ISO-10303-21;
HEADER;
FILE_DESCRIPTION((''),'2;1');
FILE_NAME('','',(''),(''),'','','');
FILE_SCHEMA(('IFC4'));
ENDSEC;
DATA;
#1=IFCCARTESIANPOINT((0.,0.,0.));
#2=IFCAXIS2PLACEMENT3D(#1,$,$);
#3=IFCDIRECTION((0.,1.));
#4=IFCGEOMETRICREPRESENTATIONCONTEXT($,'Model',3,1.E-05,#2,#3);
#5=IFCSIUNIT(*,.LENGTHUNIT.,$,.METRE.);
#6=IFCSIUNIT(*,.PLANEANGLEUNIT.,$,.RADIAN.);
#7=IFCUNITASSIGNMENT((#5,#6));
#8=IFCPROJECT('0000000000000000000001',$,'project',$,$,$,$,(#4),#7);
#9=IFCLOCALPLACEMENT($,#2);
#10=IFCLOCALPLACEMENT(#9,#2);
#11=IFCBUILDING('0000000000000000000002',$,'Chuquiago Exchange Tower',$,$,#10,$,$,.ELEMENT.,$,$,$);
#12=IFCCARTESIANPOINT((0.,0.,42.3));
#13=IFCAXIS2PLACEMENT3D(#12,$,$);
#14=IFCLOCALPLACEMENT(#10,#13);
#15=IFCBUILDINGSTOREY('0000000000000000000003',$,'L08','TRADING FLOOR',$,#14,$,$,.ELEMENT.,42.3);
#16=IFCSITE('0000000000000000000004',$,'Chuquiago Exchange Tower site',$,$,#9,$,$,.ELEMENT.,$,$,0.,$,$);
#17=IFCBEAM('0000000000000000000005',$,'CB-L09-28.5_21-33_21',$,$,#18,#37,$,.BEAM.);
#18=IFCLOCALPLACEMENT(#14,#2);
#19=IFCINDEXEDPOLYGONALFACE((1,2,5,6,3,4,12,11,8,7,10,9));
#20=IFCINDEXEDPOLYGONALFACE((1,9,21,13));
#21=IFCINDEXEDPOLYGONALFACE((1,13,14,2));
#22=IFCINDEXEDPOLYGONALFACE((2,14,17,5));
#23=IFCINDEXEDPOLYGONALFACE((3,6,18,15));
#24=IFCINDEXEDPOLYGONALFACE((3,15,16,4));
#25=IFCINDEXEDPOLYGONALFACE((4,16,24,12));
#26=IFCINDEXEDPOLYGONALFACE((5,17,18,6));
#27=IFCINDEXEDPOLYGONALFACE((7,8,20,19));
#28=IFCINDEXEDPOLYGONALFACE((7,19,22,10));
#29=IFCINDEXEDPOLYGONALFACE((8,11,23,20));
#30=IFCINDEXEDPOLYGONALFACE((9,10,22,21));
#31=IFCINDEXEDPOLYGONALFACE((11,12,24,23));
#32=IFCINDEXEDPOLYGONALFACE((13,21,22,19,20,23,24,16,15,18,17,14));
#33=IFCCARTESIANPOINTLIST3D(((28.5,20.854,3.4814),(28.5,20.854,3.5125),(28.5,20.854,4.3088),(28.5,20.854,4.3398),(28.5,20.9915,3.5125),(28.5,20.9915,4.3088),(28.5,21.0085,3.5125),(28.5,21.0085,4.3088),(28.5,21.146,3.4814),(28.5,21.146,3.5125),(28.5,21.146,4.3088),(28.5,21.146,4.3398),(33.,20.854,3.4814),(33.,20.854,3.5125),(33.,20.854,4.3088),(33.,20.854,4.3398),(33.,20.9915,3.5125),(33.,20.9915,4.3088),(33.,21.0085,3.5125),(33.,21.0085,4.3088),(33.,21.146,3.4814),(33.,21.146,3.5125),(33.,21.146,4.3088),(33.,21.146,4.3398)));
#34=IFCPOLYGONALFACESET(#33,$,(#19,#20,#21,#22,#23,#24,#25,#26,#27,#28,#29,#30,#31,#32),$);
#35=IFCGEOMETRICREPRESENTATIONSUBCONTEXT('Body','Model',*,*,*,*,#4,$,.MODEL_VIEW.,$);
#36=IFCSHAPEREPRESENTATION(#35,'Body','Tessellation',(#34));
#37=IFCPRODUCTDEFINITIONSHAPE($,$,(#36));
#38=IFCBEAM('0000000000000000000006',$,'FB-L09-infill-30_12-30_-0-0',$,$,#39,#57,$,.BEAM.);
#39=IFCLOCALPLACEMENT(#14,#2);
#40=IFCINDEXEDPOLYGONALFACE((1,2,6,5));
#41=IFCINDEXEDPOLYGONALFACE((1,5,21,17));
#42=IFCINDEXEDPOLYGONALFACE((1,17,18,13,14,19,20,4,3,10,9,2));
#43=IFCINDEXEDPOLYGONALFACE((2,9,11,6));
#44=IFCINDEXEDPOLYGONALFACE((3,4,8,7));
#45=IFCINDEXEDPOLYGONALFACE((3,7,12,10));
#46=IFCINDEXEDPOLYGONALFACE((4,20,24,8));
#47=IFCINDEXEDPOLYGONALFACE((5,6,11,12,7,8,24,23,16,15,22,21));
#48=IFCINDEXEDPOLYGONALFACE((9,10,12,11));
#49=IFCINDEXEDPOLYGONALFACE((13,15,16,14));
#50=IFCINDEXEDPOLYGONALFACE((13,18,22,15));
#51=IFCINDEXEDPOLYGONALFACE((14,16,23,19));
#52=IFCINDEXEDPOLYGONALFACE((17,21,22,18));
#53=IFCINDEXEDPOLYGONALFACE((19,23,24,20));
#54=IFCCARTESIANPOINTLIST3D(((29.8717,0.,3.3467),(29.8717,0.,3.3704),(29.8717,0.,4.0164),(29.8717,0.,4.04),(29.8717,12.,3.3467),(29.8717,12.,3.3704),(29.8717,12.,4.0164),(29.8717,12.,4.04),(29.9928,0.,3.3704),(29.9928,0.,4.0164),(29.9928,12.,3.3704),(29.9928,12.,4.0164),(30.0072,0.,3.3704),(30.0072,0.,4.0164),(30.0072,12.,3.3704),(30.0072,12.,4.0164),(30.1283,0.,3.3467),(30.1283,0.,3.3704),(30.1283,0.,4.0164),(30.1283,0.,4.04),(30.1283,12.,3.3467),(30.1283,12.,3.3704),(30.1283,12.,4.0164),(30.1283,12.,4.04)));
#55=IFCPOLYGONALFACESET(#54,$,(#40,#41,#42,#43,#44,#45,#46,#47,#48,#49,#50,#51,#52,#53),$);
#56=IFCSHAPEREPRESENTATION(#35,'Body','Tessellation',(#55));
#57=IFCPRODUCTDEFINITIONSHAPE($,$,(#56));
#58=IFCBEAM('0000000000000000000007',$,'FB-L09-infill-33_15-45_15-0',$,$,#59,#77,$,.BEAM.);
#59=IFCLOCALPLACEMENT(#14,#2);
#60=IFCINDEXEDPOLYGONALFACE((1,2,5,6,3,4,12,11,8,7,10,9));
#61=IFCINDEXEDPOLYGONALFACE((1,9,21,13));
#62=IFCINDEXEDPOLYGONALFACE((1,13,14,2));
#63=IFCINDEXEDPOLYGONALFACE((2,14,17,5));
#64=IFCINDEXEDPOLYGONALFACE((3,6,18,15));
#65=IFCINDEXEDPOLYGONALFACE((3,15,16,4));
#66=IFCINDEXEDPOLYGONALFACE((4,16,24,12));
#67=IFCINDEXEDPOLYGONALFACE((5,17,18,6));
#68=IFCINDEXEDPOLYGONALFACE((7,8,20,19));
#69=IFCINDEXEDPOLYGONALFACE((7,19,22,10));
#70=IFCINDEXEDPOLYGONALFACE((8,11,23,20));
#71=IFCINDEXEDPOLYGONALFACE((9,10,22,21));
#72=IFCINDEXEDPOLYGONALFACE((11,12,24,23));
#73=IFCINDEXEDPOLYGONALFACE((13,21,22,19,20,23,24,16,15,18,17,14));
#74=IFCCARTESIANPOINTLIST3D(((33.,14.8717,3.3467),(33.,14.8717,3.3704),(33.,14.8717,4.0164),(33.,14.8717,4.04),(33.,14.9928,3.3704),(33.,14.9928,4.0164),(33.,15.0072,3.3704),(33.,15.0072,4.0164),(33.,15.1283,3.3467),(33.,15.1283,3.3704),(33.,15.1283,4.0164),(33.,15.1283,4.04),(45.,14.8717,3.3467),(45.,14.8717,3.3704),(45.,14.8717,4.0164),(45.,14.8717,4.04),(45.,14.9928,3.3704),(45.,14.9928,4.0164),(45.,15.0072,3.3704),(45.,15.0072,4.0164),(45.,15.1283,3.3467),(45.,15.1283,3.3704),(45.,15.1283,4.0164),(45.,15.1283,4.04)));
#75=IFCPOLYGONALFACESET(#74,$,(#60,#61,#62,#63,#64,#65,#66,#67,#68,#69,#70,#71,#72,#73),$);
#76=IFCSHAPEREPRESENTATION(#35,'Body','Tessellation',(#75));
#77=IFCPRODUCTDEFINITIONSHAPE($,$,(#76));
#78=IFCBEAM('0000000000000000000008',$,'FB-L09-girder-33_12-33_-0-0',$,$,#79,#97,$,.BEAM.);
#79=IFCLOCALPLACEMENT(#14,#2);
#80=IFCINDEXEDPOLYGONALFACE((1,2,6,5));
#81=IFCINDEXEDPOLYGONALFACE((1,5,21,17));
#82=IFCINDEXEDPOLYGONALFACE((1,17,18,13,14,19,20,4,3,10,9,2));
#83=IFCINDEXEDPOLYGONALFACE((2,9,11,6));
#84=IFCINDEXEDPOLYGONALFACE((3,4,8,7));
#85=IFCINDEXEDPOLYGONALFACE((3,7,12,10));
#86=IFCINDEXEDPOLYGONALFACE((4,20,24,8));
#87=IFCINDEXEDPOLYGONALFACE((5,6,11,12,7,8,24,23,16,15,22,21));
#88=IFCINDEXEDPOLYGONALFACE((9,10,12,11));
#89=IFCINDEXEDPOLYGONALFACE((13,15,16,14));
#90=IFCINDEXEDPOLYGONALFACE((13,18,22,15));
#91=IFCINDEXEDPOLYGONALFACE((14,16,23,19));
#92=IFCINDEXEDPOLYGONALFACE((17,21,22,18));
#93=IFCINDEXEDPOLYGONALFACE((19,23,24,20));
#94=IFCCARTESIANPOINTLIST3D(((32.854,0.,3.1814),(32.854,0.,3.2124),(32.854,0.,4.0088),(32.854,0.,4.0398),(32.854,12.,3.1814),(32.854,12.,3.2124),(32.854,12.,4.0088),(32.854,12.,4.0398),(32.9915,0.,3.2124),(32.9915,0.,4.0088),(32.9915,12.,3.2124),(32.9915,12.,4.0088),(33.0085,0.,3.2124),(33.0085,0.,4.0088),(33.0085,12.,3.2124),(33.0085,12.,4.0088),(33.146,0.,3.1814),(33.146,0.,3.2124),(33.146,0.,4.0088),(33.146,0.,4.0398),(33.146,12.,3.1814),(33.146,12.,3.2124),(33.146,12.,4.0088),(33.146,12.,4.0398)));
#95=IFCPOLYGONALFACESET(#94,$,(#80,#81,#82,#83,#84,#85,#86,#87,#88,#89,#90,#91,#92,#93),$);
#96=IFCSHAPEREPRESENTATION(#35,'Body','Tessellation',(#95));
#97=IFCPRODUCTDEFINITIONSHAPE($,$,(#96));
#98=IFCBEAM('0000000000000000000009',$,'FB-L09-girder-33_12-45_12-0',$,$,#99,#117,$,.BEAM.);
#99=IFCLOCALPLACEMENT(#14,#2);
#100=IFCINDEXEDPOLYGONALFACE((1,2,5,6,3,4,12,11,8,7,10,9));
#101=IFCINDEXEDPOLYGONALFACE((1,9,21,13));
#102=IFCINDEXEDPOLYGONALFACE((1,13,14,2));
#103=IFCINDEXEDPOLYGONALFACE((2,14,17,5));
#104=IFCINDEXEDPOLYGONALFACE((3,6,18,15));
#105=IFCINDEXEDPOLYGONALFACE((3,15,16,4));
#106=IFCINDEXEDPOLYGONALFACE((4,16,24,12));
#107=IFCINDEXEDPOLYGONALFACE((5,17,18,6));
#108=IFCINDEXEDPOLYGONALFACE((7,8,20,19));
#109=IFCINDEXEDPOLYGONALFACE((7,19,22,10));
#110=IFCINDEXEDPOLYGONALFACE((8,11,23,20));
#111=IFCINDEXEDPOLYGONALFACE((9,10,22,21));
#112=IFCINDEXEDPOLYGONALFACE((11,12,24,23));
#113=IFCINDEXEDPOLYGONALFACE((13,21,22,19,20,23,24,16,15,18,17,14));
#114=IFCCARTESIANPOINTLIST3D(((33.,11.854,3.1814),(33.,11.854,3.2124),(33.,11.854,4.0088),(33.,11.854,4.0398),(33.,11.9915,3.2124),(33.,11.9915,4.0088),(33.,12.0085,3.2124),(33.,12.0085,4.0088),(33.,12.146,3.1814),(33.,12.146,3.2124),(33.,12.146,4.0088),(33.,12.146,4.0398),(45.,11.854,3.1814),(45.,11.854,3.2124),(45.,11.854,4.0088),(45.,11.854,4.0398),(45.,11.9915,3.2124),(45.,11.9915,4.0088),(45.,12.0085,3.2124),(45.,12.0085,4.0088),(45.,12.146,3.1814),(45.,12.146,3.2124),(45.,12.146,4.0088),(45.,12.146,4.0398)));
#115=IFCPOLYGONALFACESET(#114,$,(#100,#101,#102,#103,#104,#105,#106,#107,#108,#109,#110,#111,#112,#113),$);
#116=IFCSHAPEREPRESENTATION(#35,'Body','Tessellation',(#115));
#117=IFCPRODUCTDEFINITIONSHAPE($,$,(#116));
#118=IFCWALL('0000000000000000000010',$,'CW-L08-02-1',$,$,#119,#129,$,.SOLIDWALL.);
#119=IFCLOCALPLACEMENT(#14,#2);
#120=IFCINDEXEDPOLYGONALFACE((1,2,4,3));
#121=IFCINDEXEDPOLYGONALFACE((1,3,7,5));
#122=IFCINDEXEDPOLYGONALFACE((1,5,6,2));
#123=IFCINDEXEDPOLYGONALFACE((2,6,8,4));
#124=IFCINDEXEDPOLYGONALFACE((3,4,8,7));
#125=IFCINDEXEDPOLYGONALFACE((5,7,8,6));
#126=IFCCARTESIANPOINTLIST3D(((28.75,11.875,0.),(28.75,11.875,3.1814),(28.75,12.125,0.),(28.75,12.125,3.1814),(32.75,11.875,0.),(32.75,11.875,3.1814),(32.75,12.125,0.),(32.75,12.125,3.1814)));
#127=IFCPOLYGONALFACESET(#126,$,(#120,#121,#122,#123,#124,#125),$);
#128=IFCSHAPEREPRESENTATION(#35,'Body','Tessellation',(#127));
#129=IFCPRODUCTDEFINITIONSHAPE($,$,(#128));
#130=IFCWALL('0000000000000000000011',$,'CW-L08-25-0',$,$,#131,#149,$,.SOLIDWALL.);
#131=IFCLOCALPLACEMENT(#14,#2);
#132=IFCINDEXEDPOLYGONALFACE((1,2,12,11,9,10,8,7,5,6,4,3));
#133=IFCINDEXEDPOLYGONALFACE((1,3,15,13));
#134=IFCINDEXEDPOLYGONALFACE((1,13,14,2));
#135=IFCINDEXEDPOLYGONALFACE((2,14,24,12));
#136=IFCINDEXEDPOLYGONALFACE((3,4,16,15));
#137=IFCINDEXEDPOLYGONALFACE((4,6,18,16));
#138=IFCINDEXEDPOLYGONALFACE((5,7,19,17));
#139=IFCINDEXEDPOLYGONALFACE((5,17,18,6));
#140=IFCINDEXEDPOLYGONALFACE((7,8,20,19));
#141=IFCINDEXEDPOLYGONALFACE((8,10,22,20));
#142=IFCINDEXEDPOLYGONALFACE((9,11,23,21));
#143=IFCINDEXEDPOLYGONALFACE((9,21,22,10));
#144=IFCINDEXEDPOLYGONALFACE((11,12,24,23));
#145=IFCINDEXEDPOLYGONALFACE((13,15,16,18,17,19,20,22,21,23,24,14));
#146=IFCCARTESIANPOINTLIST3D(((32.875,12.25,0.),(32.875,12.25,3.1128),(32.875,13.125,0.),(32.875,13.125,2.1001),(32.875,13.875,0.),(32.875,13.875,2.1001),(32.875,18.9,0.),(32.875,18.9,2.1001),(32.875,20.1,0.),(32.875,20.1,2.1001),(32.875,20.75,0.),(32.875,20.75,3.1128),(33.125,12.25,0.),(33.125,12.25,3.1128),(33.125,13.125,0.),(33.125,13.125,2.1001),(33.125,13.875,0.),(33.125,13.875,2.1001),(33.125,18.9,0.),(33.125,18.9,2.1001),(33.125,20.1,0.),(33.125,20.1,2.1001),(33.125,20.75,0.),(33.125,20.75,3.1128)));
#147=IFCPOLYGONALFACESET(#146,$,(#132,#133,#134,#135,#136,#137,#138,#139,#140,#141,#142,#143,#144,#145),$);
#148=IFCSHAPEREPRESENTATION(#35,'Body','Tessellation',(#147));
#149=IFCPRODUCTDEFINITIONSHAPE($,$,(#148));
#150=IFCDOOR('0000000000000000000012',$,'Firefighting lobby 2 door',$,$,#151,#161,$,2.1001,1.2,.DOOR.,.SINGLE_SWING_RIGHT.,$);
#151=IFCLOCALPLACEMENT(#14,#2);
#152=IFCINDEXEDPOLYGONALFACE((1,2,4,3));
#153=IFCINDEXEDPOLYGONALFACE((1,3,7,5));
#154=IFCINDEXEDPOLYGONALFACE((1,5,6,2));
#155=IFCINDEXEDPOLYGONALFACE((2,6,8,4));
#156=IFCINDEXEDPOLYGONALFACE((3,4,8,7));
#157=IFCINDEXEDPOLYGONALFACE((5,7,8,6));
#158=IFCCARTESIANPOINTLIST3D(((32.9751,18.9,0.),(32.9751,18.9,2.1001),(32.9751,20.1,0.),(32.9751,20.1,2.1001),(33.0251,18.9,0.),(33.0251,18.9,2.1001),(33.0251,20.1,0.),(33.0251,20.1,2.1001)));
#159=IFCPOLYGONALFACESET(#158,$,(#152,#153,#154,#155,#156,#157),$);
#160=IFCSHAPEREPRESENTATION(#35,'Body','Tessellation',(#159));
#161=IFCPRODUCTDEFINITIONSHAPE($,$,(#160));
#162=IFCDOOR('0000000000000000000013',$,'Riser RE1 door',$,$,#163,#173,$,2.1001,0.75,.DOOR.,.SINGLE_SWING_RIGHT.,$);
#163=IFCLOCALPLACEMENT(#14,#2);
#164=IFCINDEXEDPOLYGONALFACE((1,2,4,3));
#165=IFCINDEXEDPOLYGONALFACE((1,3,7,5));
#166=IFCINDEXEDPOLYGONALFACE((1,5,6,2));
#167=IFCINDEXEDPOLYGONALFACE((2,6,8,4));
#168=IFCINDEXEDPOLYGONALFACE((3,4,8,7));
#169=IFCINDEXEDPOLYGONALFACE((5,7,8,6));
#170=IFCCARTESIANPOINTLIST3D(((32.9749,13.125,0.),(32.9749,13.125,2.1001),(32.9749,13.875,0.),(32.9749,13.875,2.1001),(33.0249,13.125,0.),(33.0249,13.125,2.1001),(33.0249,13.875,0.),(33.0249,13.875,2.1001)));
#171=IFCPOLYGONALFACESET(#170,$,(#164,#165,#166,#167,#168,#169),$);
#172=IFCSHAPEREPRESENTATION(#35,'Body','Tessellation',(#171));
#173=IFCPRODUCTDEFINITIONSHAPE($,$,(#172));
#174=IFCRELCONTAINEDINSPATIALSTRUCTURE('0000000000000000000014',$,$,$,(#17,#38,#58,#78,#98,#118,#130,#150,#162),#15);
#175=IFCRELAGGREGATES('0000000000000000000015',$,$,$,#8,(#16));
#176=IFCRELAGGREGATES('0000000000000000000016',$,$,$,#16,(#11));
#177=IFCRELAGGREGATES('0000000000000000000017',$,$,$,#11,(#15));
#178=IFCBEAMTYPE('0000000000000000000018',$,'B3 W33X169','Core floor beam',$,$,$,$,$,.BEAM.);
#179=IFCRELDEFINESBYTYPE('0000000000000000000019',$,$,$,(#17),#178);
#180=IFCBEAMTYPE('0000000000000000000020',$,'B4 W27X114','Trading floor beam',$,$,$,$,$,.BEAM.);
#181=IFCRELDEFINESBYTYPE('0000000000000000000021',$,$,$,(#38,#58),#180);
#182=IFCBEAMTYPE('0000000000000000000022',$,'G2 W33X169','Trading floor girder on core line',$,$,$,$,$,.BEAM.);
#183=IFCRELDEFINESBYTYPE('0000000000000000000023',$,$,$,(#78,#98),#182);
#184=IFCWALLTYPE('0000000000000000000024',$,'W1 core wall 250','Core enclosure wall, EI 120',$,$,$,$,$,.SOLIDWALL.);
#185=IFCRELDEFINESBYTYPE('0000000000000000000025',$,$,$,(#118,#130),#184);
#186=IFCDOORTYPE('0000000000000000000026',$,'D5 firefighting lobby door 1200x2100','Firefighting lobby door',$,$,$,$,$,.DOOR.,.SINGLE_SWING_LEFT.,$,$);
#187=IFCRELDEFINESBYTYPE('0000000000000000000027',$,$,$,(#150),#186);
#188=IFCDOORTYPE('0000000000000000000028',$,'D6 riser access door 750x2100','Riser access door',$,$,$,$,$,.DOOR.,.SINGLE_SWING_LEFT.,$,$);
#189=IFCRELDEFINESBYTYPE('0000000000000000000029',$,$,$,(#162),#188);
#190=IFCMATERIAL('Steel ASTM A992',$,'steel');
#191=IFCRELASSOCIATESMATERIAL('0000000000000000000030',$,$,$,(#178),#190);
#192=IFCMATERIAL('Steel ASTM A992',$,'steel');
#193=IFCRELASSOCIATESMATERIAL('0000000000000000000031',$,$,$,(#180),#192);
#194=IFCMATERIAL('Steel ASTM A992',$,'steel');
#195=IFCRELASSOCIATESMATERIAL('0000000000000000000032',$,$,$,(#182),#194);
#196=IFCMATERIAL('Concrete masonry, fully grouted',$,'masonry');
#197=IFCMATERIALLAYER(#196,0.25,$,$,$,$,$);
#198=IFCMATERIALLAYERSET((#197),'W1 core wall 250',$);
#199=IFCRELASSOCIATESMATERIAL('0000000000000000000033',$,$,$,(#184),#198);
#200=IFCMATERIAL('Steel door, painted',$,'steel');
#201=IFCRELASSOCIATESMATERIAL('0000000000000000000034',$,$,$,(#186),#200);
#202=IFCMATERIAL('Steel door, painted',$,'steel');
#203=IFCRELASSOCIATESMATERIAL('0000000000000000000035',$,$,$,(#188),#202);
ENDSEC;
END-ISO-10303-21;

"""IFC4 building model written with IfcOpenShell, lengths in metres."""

from ifc_helpers import new_model, si_unit, direction, frame, frame_2d, origin, origin_2d, place, context, subcontext, project, spatial, rectangle, i_section, extrude, material, layer, layer_set, material_profile, profile_set, type_object, element, fill, save


model = new_model("IFC4")

# Units and contexts
model_context = context("Model", 3, precision=1e-05, world=origin(), true_north=direction((0.0, 1.0)))
body_context = subcontext(model_context, "Body", "Model", "MODEL_VIEW")
ifc_project = project(units=[si_unit("LENGTHUNIT", "METRE"), si_unit("PLANEANGLEUNIT", "RADIAN")], contexts=[model_context])

# Site, building, storey
site_placement = place(None, origin())
site = spatial("IfcSite", under=ifc_project, at=site_placement, Name="Chuquiago Exchange Tower site", CompositionType="ELEMENT", RefElevation=0.0)
building_placement = place(site_placement, origin())
building = spatial("IfcBuilding", under=site, at=building_placement, Name="Chuquiago Exchange Tower", CompositionType="ELEMENT")
storey_placement = place(building_placement, frame((0.0, 0.0, 42.3)))
storey = spatial("IfcBuildingStorey", under=building, at=storey_placement, Name="L08", Description="TRADING FLOOR", CompositionType="ELEMENT", Elevation=42.3)

# Beams
ifc_material_1 = material(Name="Steel ASTM A992", Category="steel")
ifc_material_profile_1 = material_profile(ifc_material_1, i_section(OverallWidth=0.292, OverallDepth=0.8584, WebThickness=0.0171, FlangeThickness=0.031, at=origin_2d()), Name="W33X169")
ifc_profile_set_1 = profile_set([ifc_material_profile_1], Name="Steel ASTM A992")
beam_type_1 = type_object("IfcBeamType", Name="B3 W33X169", Description="Core floor beam", PredefinedType="BEAM", material=ifc_profile_set_1)
for number, where, z_axis, x_axis, name in (
    (1, (28.5, 21.0, 3.9106), (1.0, 0.0, 0.0), (0.0, 1.0, 0.0), "CB-L09-28.5_21-33_21"),
):
    element("IfcBeam", number, at=place(storey_placement, frame(where, z_axis=z_axis, x_axis=x_axis)), inside=storey, type_object=beam_type_1, Name=name, PredefinedType="BEAM", context=body_context, shape_type="SweptSolid", body=[
        extrude(i_section(OverallWidth=0.292, OverallDepth=0.8584, WebThickness=0.0171, FlangeThickness=0.031, at=origin_2d()), origin(), (0.0, 0.0, 1.0), 4.5),
    ])
ifc_material_2 = material(Name="Steel ASTM A992", Category="steel")
ifc_material_profile_2 = material_profile(ifc_material_2, i_section(OverallWidth=0.2566, OverallDepth=0.6934, WebThickness=0.0144, FlangeThickness=0.0237, at=origin_2d()), Name="W27X114")
ifc_profile_set_2 = profile_set([ifc_material_profile_2], Name="Steel ASTM A992")
beam_type_2 = type_object("IfcBeamType", Name="B4 W27X114", Description="Trading floor beam", PredefinedType="BEAM", material=ifc_profile_set_2)
for number, where, z_axis, x_axis, name in (
    (2, (30.0, 12.0, 3.6934), (0.0, -1.0, 0.0), (1.0, 0.0, 0.0), "FB-L09-infill-30_12-30_-0-0"),
    (3, (33.0, 15.0, 3.6934), (1.0, 0.0, 0.0), (0.0, 1.0, 0.0), "FB-L09-infill-33_15-45_15-0"),
):
    element("IfcBeam", number, at=place(storey_placement, frame(where, z_axis=z_axis, x_axis=x_axis)), inside=storey, type_object=beam_type_2, Name=name, PredefinedType="BEAM", context=body_context, shape_type="SweptSolid", body=[
        extrude(i_section(OverallWidth=0.2566, OverallDepth=0.6934, WebThickness=0.0144, FlangeThickness=0.0237, at=origin_2d()), origin(), (0.0, 0.0, 1.0), 12.0),
    ])
ifc_material_3 = material(Name="Steel ASTM A992", Category="steel")
ifc_material_profile_3 = material_profile(ifc_material_3, i_section(OverallWidth=0.292, OverallDepth=0.8584, WebThickness=0.0171, FlangeThickness=0.031, at=origin_2d()), Name="W33X169")
ifc_profile_set_3 = profile_set([ifc_material_profile_3], Name="Steel ASTM A992")
beam_type_3 = type_object("IfcBeamType", Name="G2 W33X169", Description="Trading floor girder on core line", PredefinedType="BEAM", material=ifc_profile_set_3)
for number, where, z_axis, x_axis, name in (
    (4, (33.0, 12.0, 3.6106), (0.0, -1.0, 0.0), (1.0, 0.0, 0.0), "FB-L09-girder-33_12-33_-0-0"),
    (5, (33.0, 12.0, 3.6106), (1.0, 0.0, 0.0), (0.0, 1.0, 0.0), "FB-L09-girder-33_12-45_12-0"),
):
    element("IfcBeam", number, at=place(storey_placement, frame(where, z_axis=z_axis, x_axis=x_axis)), inside=storey, type_object=beam_type_3, Name=name, PredefinedType="BEAM", context=body_context, shape_type="SweptSolid", body=[
        extrude(i_section(OverallWidth=0.292, OverallDepth=0.8584, WebThickness=0.0171, FlangeThickness=0.031, at=origin_2d()), origin(), (0.0, 0.0, 1.0), 12.0),
    ])

# Wall
ifc_material_4 = material(Name="Concrete masonry, fully grouted", Category="masonry")
ifc_layer_1 = layer(ifc_material_4, 0.25)
ifc_layer_set_1 = layer_set([ifc_layer_1], Name="W1 core wall 250")
wall_type_1 = type_object("IfcWallType", Name="W1 core wall 250", Description="Core enclosure wall, EI 120", PredefinedType="SOLIDWALL", material=ifc_layer_set_1)
wall_1_placement = place(storey_placement, frame((28.75, 12.0, 0.0), z_axis=(0.0, 0.0, 1.0), x_axis=(1.0, 0.0, 0.0)))
element("IfcWall", 6, at=wall_1_placement, inside=storey, type_object=wall_type_1, Name="CW-L08-02-1", PredefinedType="SOLIDWALL", context=body_context, shape_type="SweptSolid", body=[
    extrude(rectangle(XDim=4.0, YDim=0.25, at=frame_2d((2.0, 0.0))), origin(), (0.0, 0.0, 1.0), 3.1814),
])

# Wall, openings, doors
wall_2_placement = place(storey_placement, frame((33.0, 12.25, 0.0), z_axis=(0.0, 0.0, 1.0), x_axis=(0.0, 1.0, 0.0)))
wall_2 = element("IfcWall", 7, at=wall_2_placement, inside=storey, type_object=wall_type_1, Name="CW-L08-25-0", PredefinedType="SOLIDWALL", context=body_context, shape_type="SweptSolid", body=[
    extrude(rectangle(XDim=8.5, YDim=0.25, at=frame_2d((4.25, 0.0))), origin(), (0.0, 0.0, 1.0), 3.1128),
])
opening_1_placement = place(wall_2_placement, frame((6.6499, 0.0, 0.0)))
opening_1 = element("IfcOpeningElement", 8, at=opening_1_placement, cuts=wall_2, PredefinedType="OPENING", context=body_context, shape_type="SweptSolid", body=[
    extrude(rectangle(XDim=1.2, YDim=2.1001, at=frame_2d((0.6001, 1.05))), frame((0.0, 0.135, 0.0), z_axis=(0.0, -1.0, 0.0), x_axis=(1.0, 0.0, 0.0)), (0.0, 0.0, 1.0), 0.27),
])
opening_2_placement = place(wall_2_placement, frame((0.875, 0.0, 0.0)))
opening_2 = element("IfcOpeningElement", 9, at=opening_2_placement, cuts=wall_2, PredefinedType="OPENING", context=body_context, shape_type="SweptSolid", body=[
    extrude(rectangle(XDim=0.75, YDim=2.1001, at=frame_2d((0.375, 1.05))), frame((0.0, 0.135, 0.0), z_axis=(0.0, -1.0, 0.0), x_axis=(1.0, 0.0, 0.0)), (0.0, 0.0, 1.0), 0.27),
])
ifc_material_5 = material(Name="Steel door, painted", Category="steel")
door_type_1 = type_object("IfcDoorType", Name="D5 firefighting lobby door 1200x2100", Description="Firefighting lobby door", OperationType="SINGLE_SWING_LEFT", PredefinedType="DOOR", material=ifc_material_5)
door_1_placement = place(opening_1_placement, origin())
door_1 = element("IfcDoor", 10, at=door_1_placement, inside=storey, type_object=door_type_1, Name="Firefighting lobby 2 door", OperationType="SINGLE_SWING_RIGHT", OverallHeight=2.1001, OverallWidth=1.2, PredefinedType="DOOR", context=body_context, shape_type="SweptSolid", body=[
    extrude(rectangle(XDim=1.2, YDim=2.1001, at=frame_2d((0.6001, 1.05))), frame((0.0, 0.0249, 0.0), z_axis=(0.0, -1.0, 0.0), x_axis=(1.0, 0.0, 0.0)), (0.0, 0.0, 1.0), 0.05),
])
fill(opening_1, door_1)
ifc_material_6 = material(Name="Steel door, painted", Category="steel")
door_type_2 = type_object("IfcDoorType", Name="D6 riser access door 750x2100", Description="Riser access door", OperationType="SINGLE_SWING_LEFT", PredefinedType="DOOR", material=ifc_material_6)
door_2_placement = place(opening_2_placement, frame((0.75, 0.0, 0.0), z_axis=(0.0, 0.0, 1.0), x_axis=(-1.0, 0.0, 0.0)))
door_2 = element("IfcDoor", 11, at=door_2_placement, inside=storey, type_object=door_type_2, Name="Riser RE1 door", OperationType="SINGLE_SWING_RIGHT", OverallHeight=2.1001, OverallWidth=0.75, PredefinedType="DOOR", context=body_context, shape_type="SweptSolid", body=[
    extrude(rectangle(XDim=0.75, YDim=2.1001, at=frame_2d((0.375, 1.05))), frame((0.0, 0.0249, 0.0), z_axis=(0.0, -1.0, 0.0), x_axis=(1.0, 0.0, 0.0)), (0.0, 0.0, 1.0), 0.05),
])
fill(opening_2, door_2)

save(model, "model.ifc")
